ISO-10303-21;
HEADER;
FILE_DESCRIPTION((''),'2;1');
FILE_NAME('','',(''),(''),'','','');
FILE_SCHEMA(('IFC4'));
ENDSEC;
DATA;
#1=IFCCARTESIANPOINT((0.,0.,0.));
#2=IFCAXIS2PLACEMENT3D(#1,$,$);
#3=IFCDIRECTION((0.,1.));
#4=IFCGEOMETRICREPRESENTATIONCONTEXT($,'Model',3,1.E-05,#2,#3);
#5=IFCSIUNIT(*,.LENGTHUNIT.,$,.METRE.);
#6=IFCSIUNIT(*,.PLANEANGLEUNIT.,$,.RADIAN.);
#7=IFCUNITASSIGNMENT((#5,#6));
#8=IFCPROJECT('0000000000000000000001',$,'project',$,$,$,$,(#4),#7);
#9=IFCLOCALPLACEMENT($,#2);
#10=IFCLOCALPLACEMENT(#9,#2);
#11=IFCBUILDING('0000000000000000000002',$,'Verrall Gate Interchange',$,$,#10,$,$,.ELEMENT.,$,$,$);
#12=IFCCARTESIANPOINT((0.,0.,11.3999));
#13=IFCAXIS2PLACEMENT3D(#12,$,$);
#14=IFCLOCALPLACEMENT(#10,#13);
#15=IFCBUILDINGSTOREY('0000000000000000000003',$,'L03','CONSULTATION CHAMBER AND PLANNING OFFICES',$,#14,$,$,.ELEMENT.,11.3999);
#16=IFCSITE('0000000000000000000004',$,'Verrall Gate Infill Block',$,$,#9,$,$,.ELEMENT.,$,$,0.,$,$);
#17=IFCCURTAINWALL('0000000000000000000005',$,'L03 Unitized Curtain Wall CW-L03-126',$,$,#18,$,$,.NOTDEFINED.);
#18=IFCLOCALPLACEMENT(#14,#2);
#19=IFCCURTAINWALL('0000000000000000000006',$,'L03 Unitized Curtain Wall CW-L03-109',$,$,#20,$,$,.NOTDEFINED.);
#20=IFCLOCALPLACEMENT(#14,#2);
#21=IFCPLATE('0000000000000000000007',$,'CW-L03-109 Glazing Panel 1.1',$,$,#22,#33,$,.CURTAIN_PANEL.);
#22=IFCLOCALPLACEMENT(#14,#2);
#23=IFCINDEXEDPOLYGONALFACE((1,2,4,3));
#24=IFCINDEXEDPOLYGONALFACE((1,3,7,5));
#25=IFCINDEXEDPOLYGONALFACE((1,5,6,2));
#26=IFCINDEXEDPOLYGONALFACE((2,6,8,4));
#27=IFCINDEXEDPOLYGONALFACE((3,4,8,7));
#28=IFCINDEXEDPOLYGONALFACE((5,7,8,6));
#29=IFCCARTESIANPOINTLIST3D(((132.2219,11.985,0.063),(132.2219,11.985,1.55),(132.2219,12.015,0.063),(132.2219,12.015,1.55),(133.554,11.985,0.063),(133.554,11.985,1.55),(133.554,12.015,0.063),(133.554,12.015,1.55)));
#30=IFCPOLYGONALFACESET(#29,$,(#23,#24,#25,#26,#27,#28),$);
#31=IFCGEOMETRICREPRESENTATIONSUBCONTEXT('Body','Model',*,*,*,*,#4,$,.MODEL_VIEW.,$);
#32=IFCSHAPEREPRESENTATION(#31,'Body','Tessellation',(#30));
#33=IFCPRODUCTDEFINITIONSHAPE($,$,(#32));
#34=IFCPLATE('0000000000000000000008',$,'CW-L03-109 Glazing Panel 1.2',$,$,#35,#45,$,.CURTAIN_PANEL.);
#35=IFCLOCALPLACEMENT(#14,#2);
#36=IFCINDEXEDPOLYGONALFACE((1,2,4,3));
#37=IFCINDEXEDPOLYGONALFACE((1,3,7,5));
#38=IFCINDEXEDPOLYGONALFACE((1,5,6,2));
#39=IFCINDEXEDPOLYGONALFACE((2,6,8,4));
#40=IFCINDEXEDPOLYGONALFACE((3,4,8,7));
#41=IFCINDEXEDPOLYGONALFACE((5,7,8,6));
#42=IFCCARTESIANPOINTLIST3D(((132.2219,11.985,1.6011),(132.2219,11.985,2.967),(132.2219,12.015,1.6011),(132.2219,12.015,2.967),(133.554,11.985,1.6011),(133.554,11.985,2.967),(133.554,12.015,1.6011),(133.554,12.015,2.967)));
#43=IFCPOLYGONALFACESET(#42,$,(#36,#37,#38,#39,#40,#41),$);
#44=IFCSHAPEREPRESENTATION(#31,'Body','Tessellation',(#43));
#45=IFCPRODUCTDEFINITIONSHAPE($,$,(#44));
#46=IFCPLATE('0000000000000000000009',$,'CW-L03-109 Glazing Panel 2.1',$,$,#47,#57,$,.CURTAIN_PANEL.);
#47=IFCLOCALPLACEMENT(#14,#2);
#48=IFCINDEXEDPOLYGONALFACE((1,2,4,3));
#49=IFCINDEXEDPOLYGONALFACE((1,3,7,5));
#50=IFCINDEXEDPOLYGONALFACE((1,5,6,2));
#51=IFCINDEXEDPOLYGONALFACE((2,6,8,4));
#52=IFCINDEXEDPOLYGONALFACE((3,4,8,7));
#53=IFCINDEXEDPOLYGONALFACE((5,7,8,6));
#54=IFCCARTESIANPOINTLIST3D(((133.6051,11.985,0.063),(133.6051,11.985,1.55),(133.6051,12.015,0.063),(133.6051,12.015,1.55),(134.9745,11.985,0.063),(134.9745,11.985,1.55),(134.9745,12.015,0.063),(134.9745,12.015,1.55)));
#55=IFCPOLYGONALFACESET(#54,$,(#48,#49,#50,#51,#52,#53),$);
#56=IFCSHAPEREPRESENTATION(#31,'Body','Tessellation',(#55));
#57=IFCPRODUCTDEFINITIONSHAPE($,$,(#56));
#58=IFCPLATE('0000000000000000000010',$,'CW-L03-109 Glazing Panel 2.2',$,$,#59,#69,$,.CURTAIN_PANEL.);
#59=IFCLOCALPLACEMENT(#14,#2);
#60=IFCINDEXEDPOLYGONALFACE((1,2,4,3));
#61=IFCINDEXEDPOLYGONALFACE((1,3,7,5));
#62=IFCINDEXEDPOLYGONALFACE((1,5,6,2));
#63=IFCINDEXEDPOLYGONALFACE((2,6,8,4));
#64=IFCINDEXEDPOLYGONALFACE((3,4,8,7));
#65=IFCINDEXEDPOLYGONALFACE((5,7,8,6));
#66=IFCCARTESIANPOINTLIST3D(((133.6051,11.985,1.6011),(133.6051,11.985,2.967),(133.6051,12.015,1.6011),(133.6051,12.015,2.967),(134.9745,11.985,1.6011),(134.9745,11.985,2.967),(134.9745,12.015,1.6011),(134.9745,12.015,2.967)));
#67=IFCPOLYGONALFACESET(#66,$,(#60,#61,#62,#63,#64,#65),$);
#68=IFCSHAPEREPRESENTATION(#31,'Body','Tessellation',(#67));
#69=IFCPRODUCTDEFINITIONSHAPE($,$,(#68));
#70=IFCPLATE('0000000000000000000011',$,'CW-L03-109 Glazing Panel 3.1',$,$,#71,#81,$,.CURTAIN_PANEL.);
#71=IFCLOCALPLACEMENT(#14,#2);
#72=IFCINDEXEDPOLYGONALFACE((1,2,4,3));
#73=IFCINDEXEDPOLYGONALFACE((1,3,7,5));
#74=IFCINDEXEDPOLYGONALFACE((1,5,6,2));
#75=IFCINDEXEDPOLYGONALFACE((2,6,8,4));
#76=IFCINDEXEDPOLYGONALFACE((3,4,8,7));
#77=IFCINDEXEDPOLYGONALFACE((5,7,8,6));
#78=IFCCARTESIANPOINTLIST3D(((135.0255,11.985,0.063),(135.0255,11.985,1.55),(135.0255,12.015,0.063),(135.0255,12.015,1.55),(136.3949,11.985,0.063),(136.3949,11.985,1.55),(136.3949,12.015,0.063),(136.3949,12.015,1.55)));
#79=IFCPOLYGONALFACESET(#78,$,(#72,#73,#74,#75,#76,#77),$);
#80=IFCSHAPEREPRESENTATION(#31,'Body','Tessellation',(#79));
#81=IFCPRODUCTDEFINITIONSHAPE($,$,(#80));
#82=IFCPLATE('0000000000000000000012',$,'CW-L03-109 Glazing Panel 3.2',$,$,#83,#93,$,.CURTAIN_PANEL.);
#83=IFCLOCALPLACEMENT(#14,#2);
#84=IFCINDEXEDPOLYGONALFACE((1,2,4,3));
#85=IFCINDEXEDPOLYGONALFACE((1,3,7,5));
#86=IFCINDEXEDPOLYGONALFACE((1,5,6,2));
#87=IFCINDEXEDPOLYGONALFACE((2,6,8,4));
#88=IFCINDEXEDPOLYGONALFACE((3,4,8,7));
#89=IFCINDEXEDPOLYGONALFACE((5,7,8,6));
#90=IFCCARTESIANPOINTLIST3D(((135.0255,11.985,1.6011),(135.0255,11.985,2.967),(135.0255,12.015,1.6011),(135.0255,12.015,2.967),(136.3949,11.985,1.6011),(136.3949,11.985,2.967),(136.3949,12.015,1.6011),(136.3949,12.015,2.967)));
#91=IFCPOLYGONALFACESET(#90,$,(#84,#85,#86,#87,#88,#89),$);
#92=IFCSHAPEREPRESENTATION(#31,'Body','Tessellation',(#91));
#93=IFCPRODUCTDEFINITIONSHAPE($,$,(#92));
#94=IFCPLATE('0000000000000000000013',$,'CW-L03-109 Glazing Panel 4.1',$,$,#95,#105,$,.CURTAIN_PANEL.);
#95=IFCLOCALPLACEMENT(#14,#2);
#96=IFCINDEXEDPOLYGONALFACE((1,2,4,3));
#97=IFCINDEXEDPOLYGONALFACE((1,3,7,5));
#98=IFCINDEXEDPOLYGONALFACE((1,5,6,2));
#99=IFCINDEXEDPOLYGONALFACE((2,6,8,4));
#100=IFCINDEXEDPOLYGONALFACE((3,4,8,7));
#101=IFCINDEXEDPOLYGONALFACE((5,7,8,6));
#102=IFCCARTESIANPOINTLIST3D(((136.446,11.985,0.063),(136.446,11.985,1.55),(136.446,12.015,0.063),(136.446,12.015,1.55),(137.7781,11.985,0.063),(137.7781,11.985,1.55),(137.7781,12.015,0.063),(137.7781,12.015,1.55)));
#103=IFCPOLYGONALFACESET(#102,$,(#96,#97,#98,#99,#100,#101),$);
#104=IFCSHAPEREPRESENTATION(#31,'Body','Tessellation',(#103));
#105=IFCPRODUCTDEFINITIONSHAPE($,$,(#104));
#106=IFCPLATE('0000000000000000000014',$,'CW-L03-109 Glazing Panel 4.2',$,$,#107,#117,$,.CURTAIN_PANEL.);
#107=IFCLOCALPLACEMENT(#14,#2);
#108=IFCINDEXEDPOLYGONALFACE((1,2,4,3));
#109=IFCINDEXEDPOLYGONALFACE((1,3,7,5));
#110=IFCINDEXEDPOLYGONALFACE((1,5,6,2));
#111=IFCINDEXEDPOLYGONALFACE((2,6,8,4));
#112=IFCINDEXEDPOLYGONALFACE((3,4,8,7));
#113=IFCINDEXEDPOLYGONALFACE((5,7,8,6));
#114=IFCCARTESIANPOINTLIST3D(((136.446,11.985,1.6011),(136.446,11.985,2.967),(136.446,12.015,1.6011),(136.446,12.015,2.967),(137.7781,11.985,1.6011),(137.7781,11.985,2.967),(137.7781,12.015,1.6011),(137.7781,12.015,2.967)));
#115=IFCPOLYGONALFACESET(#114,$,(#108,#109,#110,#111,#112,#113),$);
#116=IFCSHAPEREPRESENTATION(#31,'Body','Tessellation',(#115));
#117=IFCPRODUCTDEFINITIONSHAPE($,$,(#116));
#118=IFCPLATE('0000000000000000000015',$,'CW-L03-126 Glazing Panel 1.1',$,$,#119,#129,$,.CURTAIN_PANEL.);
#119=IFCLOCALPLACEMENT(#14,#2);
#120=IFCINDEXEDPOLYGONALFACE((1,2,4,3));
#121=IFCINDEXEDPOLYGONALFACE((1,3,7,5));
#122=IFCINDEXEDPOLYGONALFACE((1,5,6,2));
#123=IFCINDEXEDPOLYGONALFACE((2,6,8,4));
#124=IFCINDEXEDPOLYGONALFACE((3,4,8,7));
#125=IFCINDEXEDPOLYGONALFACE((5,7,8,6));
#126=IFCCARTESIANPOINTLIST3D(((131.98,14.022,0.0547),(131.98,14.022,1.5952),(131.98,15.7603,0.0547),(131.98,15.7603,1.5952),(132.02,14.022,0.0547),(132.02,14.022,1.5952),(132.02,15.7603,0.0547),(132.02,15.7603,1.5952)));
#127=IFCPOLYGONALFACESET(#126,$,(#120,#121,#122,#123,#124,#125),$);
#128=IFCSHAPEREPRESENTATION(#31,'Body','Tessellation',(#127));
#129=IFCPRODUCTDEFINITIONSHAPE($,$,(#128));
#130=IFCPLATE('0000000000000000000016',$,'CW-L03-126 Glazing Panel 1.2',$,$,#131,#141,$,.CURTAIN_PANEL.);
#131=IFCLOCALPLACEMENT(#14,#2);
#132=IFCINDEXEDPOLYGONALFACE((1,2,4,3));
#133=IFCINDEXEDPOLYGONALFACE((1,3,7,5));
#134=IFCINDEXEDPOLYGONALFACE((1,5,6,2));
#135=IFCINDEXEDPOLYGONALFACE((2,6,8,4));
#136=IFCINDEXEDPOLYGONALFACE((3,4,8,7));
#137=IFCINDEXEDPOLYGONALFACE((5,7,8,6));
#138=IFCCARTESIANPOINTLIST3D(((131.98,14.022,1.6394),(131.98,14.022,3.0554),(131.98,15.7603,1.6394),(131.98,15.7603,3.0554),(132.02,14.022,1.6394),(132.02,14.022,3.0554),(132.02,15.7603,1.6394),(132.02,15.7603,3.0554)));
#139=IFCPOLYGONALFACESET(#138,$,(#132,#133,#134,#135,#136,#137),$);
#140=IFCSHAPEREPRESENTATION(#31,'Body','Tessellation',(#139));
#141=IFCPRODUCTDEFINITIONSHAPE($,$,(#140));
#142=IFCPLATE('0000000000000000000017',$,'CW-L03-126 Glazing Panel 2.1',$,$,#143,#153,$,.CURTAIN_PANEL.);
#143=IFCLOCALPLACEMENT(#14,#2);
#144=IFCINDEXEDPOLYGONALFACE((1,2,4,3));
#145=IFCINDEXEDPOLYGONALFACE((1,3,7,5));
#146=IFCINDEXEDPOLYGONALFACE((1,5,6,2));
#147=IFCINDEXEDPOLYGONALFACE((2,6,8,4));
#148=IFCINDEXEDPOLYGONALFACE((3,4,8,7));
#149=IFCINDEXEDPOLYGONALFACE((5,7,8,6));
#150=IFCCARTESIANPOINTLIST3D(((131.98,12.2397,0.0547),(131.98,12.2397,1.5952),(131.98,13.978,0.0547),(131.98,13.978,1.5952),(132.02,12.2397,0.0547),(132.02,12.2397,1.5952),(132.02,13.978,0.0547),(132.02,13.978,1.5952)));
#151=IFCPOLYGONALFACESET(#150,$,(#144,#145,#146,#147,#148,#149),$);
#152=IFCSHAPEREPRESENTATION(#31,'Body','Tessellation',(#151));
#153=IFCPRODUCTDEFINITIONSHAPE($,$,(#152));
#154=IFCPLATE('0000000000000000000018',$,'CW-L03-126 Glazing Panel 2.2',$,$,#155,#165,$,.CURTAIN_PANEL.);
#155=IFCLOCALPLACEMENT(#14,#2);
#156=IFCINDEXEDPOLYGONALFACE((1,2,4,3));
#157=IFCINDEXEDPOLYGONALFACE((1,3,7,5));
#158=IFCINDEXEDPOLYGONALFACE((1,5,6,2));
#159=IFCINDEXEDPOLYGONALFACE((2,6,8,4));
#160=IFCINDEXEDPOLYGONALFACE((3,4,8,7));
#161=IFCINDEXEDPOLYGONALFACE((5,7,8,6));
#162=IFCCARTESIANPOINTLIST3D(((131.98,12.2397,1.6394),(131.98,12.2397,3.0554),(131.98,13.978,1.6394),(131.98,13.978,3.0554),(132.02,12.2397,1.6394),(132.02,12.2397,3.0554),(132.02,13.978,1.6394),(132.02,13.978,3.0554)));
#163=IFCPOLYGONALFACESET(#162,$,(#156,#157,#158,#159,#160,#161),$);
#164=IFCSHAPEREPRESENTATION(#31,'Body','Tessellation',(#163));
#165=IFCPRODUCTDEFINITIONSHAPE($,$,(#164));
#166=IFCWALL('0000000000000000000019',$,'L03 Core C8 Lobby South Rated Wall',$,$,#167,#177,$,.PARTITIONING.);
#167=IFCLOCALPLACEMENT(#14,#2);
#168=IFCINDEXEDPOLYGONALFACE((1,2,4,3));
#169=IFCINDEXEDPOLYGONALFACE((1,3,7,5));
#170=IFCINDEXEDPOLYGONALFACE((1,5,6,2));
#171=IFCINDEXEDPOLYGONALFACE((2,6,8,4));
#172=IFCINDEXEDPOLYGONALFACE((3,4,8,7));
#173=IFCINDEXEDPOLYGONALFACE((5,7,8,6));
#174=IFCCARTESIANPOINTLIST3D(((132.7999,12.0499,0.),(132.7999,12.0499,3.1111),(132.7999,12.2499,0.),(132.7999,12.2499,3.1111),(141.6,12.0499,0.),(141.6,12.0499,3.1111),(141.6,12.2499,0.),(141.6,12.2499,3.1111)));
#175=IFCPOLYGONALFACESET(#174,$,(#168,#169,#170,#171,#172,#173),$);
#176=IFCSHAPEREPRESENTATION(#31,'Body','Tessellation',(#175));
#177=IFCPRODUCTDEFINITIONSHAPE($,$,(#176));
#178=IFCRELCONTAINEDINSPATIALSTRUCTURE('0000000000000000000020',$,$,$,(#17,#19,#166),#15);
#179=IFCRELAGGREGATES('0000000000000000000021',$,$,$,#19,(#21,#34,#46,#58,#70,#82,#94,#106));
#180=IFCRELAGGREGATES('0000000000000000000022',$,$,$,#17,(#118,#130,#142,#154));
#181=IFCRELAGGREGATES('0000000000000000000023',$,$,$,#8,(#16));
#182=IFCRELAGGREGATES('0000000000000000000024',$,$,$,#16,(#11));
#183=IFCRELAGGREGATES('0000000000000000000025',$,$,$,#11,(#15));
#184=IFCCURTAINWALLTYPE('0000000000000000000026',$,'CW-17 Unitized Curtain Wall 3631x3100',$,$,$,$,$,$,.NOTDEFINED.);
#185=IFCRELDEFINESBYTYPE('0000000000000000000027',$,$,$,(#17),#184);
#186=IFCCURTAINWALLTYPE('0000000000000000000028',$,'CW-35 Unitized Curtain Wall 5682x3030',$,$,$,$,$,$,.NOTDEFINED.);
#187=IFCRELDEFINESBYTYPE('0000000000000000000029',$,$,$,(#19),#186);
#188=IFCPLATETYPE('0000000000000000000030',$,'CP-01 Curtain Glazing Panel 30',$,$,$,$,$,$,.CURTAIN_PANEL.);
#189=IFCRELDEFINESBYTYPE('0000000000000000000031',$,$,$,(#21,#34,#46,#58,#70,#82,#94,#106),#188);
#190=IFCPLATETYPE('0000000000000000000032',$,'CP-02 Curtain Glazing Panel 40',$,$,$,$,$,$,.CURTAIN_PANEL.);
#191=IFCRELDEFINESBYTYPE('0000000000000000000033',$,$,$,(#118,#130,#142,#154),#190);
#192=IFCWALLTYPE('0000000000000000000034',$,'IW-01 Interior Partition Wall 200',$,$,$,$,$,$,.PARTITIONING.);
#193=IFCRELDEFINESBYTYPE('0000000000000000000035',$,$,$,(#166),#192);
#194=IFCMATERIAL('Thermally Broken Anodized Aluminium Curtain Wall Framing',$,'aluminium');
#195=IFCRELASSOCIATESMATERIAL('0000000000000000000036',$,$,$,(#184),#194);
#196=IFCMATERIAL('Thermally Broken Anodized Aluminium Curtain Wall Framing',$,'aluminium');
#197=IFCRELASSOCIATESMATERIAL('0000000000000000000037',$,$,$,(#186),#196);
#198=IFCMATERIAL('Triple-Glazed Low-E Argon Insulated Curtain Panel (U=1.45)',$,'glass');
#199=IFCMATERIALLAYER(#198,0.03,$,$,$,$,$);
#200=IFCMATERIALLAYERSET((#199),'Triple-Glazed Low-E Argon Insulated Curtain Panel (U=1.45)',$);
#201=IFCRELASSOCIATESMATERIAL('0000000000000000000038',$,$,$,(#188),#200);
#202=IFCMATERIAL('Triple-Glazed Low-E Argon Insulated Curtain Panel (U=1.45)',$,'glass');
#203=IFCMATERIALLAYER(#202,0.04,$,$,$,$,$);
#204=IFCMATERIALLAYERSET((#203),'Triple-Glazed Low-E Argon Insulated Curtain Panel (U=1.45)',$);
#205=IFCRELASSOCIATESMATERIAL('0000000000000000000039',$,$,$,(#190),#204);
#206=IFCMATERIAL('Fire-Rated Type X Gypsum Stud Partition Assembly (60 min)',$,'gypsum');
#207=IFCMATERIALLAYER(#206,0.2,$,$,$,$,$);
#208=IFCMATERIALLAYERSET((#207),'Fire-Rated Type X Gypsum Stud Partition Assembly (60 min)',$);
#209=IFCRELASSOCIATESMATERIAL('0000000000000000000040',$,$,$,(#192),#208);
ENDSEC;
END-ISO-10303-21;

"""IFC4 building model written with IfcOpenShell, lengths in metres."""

from ifc_helpers import new_model, si_unit, direction, frame, frame_2d, origin, origin_2d, place, context, subcontext, project, spatial, rectangle, extrude, material, layer, layer_set, type_object, element, aggregate, save


model = new_model("IFC4")

# Units and contexts
model_context = context("Model", 3, precision=1e-05, world=origin(), true_north=direction((0.0, 1.0)))
body_context = subcontext(model_context, "Body", "Model", "MODEL_VIEW")
ifc_project = project(units=[si_unit("LENGTHUNIT", "METRE"), si_unit("PLANEANGLEUNIT", "RADIAN")], contexts=[model_context])

# Site, building, storey
site_placement = place(None, origin())
site = spatial("IfcSite", under=ifc_project, at=site_placement, Name="Verrall Gate Infill Block", CompositionType="ELEMENT", RefElevation=0.0)
building_placement = place(site_placement, origin())
building = spatial("IfcBuilding", under=site, at=building_placement, Name="Verrall Gate Interchange", CompositionType="ELEMENT")
storey_placement = place(building_placement, frame((0.0, 0.0, 11.3999)))
storey = spatial("IfcBuildingStorey", under=building, at=storey_placement, Name="L03", Description="CONSULTATION CHAMBER AND PLANNING OFFICES", CompositionType="ELEMENT", Elevation=11.3999)

# Curtain walls
ifc_material_1 = material(Name="Thermally Broken Anodized Aluminium Curtain Wall Framing", Category="aluminium")
curtain_wall_type_1 = type_object("IfcCurtainWallType", Name="CW-17 Unitized Curtain Wall 3631x3100", PredefinedType="NOTDEFINED", material=ifc_material_1)
curtain_wall_1_placement = place(storey_placement, origin())
curtain_wall_1 = element("IfcCurtainWall", 1, at=curtain_wall_1_placement, inside=storey, type_object=curtain_wall_type_1, Name="L03 Unitized Curtain Wall CW-L03-126", PredefinedType="NOTDEFINED")
ifc_material_2 = material(Name="Thermally Broken Anodized Aluminium Curtain Wall Framing", Category="aluminium")
curtain_wall_type_2 = type_object("IfcCurtainWallType", Name="CW-35 Unitized Curtain Wall 5682x3030", PredefinedType="NOTDEFINED", material=ifc_material_2)
curtain_wall_2_placement = place(storey_placement, origin())
curtain_wall_2 = element("IfcCurtainWall", 2, at=curtain_wall_2_placement, inside=storey, type_object=curtain_wall_type_2, Name="L03 Unitized Curtain Wall CW-L03-109", PredefinedType="NOTDEFINED")

# Plates
ifc_material_3 = material(Name="Triple-Glazed Low-E Argon Insulated Curtain Panel (U=1.45)", Category="glass")
ifc_layer_1 = layer(ifc_material_3, 0.03)
ifc_layer_set_1 = layer_set([ifc_layer_1], Name="Triple-Glazed Low-E Argon Insulated Curtain Panel (U=1.45)")
plate_type_1 = type_object("IfcPlateType", Name="CP-01 Curtain Glazing Panel 30", PredefinedType="CURTAIN_PANEL", material=ifc_layer_set_1)
plate_1_placement = place(storey_placement, frame((132.8879, 12.0, 0.063), z_axis=(0.0, 0.0, 1.0), x_axis=(1.0, 0.0, 0.0)))
plate_1 = element("IfcPlate", 3, at=plate_1_placement, type_object=plate_type_1, Name="CW-L03-109 Glazing Panel 1.1", PredefinedType="CURTAIN_PANEL", context=body_context, shape_type="SweptSolid", body=[
    extrude(rectangle(XDim=1.332, YDim=0.03, at=origin_2d()), origin(), (0.0, 0.0, 1.0), 1.4871),
])
plate_2_placement = place(storey_placement, frame((132.8879, 12.0, 1.6011), z_axis=(0.0, 0.0, 1.0), x_axis=(1.0, 0.0, 0.0)))
plate_2 = element("IfcPlate", 4, at=plate_2_placement, type_object=plate_type_1, Name="CW-L03-109 Glazing Panel 1.2", PredefinedType="CURTAIN_PANEL", context=body_context, shape_type="SweptSolid", body=[
    extrude(rectangle(XDim=1.332, YDim=0.03, at=origin_2d()), origin(), (0.0, 0.0, 1.0), 1.366),
])
plate_3_placement = place(storey_placement, frame((134.2898, 12.0, 0.063), z_axis=(0.0, 0.0, 1.0), x_axis=(1.0, 0.0, 0.0)))
plate_3 = element("IfcPlate", 5, at=plate_3_placement, type_object=plate_type_1, Name="CW-L03-109 Glazing Panel 2.1", PredefinedType="CURTAIN_PANEL", context=body_context, shape_type="SweptSolid", body=[
    extrude(rectangle(XDim=1.3694, YDim=0.03, at=origin_2d()), origin(), (0.0, 0.0, 1.0), 1.4871),
])
plate_4_placement = place(storey_placement, frame((134.2898, 12.0, 1.6011), z_axis=(0.0, 0.0, 1.0), x_axis=(1.0, 0.0, 0.0)))
plate_4 = element("IfcPlate", 6, at=plate_4_placement, type_object=plate_type_1, Name="CW-L03-109 Glazing Panel 2.2", PredefinedType="CURTAIN_PANEL", context=body_context, shape_type="SweptSolid", body=[
    extrude(rectangle(XDim=1.3694, YDim=0.03, at=origin_2d()), origin(), (0.0, 0.0, 1.0), 1.366),
])
plate_5_placement = place(storey_placement, frame((135.7102, 12.0, 0.063), z_axis=(0.0, 0.0, 1.0), x_axis=(1.0, 0.0, 0.0)))
plate_5 = element("IfcPlate", 7, at=plate_5_placement, type_object=plate_type_1, Name="CW-L03-109 Glazing Panel 3.1", PredefinedType="CURTAIN_PANEL", context=body_context, shape_type="SweptSolid", body=[
    extrude(rectangle(XDim=1.3694, YDim=0.03, at=origin_2d()), origin(), (0.0, 0.0, 1.0), 1.4871),
])
plate_6_placement = place(storey_placement, frame((135.7102, 12.0, 1.6011), z_axis=(0.0, 0.0, 1.0), x_axis=(1.0, 0.0, 0.0)))
plate_6 = element("IfcPlate", 8, at=plate_6_placement, type_object=plate_type_1, Name="CW-L03-109 Glazing Panel 3.2", PredefinedType="CURTAIN_PANEL", context=body_context, shape_type="SweptSolid", body=[
    extrude(rectangle(XDim=1.3694, YDim=0.03, at=origin_2d()), origin(), (0.0, 0.0, 1.0), 1.366),
])
plate_7_placement = place(storey_placement, frame((137.1121, 12.0, 0.063), z_axis=(0.0, 0.0, 1.0), x_axis=(1.0, 0.0, 0.0)))
plate_7 = element("IfcPlate", 9, at=plate_7_placement, type_object=plate_type_1, Name="CW-L03-109 Glazing Panel 4.1", PredefinedType="CURTAIN_PANEL", context=body_context, shape_type="SweptSolid", body=[
    extrude(rectangle(XDim=1.332, YDim=0.03, at=origin_2d()), origin(), (0.0, 0.0, 1.0), 1.4871),
])
plate_8_placement = place(storey_placement, frame((137.1121, 12.0, 1.6011), z_axis=(0.0, 0.0, 1.0), x_axis=(1.0, 0.0, 0.0)))
plate_8 = element("IfcPlate", 10, at=plate_8_placement, type_object=plate_type_1, Name="CW-L03-109 Glazing Panel 4.2", PredefinedType="CURTAIN_PANEL", context=body_context, shape_type="SweptSolid", body=[
    extrude(rectangle(XDim=1.332, YDim=0.03, at=origin_2d()), origin(), (0.0, 0.0, 1.0), 1.366),
])
aggregate(curtain_wall_2, [plate_1, plate_2, plate_3, plate_4, plate_5, plate_6, plate_7, plate_8])
ifc_material_4 = material(Name="Triple-Glazed Low-E Argon Insulated Curtain Panel (U=1.45)", Category="glass")
ifc_layer_2 = layer(ifc_material_4, 0.04)
ifc_layer_set_2 = layer_set([ifc_layer_2], Name="Triple-Glazed Low-E Argon Insulated Curtain Panel (U=1.45)")
plate_type_2 = type_object("IfcPlateType", Name="CP-02 Curtain Glazing Panel 40", PredefinedType="CURTAIN_PANEL", material=ifc_layer_set_2)
plate_9_placement = place(storey_placement, frame((132.0, 14.8911, 0.0547), z_axis=(0.0, 0.0, 1.0), x_axis=(0.0, -1.0, 0.0)))
plate_9 = element("IfcPlate", 11, at=plate_9_placement, type_object=plate_type_2, Name="CW-L03-126 Glazing Panel 1.1", PredefinedType="CURTAIN_PANEL", context=body_context, shape_type="SweptSolid", body=[
    extrude(rectangle(XDim=1.7383, YDim=0.04, at=origin_2d()), origin(), (0.0, 0.0, 1.0), 1.5405),
])
plate_10_placement = place(storey_placement, frame((132.0, 14.8911, 1.6394), z_axis=(0.0, 0.0, 1.0), x_axis=(0.0, -1.0, 0.0)))
plate_10 = element("IfcPlate", 12, at=plate_10_placement, type_object=plate_type_2, Name="CW-L03-126 Glazing Panel 1.2", PredefinedType="CURTAIN_PANEL", context=body_context, shape_type="SweptSolid", body=[
    extrude(rectangle(XDim=1.7383, YDim=0.04, at=origin_2d()), origin(), (0.0, 0.0, 1.0), 1.416),
])
plate_11_placement = place(storey_placement, frame((132.0, 13.1089, 0.0547), z_axis=(0.0, 0.0, 1.0), x_axis=(0.0, -1.0, 0.0)))
plate_11 = element("IfcPlate", 13, at=plate_11_placement, type_object=plate_type_2, Name="CW-L03-126 Glazing Panel 2.1", PredefinedType="CURTAIN_PANEL", context=body_context, shape_type="SweptSolid", body=[
    extrude(rectangle(XDim=1.7383, YDim=0.04, at=origin_2d()), origin(), (0.0, 0.0, 1.0), 1.5405),
])
plate_12_placement = place(storey_placement, frame((132.0, 13.1089, 1.6394), z_axis=(0.0, 0.0, 1.0), x_axis=(0.0, -1.0, 0.0)))
plate_12 = element("IfcPlate", 14, at=plate_12_placement, type_object=plate_type_2, Name="CW-L03-126 Glazing Panel 2.2", PredefinedType="CURTAIN_PANEL", context=body_context, shape_type="SweptSolid", body=[
    extrude(rectangle(XDim=1.7383, YDim=0.04, at=origin_2d()), origin(), (0.0, 0.0, 1.0), 1.416),
])
aggregate(curtain_wall_1, [plate_9, plate_10, plate_11, plate_12])

# Wall
ifc_material_5 = material(Name="Fire-Rated Type X Gypsum Stud Partition Assembly (60 min)", Category="gypsum")
ifc_layer_3 = layer(ifc_material_5, 0.2)
ifc_layer_set_3 = layer_set([ifc_layer_3], Name="Fire-Rated Type X Gypsum Stud Partition Assembly (60 min)")
wall_type = type_object("IfcWallType", Name="IW-01 Interior Partition Wall 200", PredefinedType="PARTITIONING", material=ifc_layer_set_3)
wall_placement = place(storey_placement, frame((132.8, 12.1499, 0.0), z_axis=(0.0, 0.0, 1.0), x_axis=(1.0, 0.0, 0.0)))
element("IfcWall", 15, at=wall_placement, inside=storey, type_object=wall_type, Name="L03 Core C8 Lobby South Rated Wall", PredefinedType="PARTITIONING", context=body_context, shape_type="SweptSolid", body=[
    extrude(rectangle(XDim=8.8, YDim=0.2, at=frame_2d((4.3999, 0.0))), origin(), (0.0, 0.0, 1.0), 3.1111),
])

save(model, "model.ifc")
